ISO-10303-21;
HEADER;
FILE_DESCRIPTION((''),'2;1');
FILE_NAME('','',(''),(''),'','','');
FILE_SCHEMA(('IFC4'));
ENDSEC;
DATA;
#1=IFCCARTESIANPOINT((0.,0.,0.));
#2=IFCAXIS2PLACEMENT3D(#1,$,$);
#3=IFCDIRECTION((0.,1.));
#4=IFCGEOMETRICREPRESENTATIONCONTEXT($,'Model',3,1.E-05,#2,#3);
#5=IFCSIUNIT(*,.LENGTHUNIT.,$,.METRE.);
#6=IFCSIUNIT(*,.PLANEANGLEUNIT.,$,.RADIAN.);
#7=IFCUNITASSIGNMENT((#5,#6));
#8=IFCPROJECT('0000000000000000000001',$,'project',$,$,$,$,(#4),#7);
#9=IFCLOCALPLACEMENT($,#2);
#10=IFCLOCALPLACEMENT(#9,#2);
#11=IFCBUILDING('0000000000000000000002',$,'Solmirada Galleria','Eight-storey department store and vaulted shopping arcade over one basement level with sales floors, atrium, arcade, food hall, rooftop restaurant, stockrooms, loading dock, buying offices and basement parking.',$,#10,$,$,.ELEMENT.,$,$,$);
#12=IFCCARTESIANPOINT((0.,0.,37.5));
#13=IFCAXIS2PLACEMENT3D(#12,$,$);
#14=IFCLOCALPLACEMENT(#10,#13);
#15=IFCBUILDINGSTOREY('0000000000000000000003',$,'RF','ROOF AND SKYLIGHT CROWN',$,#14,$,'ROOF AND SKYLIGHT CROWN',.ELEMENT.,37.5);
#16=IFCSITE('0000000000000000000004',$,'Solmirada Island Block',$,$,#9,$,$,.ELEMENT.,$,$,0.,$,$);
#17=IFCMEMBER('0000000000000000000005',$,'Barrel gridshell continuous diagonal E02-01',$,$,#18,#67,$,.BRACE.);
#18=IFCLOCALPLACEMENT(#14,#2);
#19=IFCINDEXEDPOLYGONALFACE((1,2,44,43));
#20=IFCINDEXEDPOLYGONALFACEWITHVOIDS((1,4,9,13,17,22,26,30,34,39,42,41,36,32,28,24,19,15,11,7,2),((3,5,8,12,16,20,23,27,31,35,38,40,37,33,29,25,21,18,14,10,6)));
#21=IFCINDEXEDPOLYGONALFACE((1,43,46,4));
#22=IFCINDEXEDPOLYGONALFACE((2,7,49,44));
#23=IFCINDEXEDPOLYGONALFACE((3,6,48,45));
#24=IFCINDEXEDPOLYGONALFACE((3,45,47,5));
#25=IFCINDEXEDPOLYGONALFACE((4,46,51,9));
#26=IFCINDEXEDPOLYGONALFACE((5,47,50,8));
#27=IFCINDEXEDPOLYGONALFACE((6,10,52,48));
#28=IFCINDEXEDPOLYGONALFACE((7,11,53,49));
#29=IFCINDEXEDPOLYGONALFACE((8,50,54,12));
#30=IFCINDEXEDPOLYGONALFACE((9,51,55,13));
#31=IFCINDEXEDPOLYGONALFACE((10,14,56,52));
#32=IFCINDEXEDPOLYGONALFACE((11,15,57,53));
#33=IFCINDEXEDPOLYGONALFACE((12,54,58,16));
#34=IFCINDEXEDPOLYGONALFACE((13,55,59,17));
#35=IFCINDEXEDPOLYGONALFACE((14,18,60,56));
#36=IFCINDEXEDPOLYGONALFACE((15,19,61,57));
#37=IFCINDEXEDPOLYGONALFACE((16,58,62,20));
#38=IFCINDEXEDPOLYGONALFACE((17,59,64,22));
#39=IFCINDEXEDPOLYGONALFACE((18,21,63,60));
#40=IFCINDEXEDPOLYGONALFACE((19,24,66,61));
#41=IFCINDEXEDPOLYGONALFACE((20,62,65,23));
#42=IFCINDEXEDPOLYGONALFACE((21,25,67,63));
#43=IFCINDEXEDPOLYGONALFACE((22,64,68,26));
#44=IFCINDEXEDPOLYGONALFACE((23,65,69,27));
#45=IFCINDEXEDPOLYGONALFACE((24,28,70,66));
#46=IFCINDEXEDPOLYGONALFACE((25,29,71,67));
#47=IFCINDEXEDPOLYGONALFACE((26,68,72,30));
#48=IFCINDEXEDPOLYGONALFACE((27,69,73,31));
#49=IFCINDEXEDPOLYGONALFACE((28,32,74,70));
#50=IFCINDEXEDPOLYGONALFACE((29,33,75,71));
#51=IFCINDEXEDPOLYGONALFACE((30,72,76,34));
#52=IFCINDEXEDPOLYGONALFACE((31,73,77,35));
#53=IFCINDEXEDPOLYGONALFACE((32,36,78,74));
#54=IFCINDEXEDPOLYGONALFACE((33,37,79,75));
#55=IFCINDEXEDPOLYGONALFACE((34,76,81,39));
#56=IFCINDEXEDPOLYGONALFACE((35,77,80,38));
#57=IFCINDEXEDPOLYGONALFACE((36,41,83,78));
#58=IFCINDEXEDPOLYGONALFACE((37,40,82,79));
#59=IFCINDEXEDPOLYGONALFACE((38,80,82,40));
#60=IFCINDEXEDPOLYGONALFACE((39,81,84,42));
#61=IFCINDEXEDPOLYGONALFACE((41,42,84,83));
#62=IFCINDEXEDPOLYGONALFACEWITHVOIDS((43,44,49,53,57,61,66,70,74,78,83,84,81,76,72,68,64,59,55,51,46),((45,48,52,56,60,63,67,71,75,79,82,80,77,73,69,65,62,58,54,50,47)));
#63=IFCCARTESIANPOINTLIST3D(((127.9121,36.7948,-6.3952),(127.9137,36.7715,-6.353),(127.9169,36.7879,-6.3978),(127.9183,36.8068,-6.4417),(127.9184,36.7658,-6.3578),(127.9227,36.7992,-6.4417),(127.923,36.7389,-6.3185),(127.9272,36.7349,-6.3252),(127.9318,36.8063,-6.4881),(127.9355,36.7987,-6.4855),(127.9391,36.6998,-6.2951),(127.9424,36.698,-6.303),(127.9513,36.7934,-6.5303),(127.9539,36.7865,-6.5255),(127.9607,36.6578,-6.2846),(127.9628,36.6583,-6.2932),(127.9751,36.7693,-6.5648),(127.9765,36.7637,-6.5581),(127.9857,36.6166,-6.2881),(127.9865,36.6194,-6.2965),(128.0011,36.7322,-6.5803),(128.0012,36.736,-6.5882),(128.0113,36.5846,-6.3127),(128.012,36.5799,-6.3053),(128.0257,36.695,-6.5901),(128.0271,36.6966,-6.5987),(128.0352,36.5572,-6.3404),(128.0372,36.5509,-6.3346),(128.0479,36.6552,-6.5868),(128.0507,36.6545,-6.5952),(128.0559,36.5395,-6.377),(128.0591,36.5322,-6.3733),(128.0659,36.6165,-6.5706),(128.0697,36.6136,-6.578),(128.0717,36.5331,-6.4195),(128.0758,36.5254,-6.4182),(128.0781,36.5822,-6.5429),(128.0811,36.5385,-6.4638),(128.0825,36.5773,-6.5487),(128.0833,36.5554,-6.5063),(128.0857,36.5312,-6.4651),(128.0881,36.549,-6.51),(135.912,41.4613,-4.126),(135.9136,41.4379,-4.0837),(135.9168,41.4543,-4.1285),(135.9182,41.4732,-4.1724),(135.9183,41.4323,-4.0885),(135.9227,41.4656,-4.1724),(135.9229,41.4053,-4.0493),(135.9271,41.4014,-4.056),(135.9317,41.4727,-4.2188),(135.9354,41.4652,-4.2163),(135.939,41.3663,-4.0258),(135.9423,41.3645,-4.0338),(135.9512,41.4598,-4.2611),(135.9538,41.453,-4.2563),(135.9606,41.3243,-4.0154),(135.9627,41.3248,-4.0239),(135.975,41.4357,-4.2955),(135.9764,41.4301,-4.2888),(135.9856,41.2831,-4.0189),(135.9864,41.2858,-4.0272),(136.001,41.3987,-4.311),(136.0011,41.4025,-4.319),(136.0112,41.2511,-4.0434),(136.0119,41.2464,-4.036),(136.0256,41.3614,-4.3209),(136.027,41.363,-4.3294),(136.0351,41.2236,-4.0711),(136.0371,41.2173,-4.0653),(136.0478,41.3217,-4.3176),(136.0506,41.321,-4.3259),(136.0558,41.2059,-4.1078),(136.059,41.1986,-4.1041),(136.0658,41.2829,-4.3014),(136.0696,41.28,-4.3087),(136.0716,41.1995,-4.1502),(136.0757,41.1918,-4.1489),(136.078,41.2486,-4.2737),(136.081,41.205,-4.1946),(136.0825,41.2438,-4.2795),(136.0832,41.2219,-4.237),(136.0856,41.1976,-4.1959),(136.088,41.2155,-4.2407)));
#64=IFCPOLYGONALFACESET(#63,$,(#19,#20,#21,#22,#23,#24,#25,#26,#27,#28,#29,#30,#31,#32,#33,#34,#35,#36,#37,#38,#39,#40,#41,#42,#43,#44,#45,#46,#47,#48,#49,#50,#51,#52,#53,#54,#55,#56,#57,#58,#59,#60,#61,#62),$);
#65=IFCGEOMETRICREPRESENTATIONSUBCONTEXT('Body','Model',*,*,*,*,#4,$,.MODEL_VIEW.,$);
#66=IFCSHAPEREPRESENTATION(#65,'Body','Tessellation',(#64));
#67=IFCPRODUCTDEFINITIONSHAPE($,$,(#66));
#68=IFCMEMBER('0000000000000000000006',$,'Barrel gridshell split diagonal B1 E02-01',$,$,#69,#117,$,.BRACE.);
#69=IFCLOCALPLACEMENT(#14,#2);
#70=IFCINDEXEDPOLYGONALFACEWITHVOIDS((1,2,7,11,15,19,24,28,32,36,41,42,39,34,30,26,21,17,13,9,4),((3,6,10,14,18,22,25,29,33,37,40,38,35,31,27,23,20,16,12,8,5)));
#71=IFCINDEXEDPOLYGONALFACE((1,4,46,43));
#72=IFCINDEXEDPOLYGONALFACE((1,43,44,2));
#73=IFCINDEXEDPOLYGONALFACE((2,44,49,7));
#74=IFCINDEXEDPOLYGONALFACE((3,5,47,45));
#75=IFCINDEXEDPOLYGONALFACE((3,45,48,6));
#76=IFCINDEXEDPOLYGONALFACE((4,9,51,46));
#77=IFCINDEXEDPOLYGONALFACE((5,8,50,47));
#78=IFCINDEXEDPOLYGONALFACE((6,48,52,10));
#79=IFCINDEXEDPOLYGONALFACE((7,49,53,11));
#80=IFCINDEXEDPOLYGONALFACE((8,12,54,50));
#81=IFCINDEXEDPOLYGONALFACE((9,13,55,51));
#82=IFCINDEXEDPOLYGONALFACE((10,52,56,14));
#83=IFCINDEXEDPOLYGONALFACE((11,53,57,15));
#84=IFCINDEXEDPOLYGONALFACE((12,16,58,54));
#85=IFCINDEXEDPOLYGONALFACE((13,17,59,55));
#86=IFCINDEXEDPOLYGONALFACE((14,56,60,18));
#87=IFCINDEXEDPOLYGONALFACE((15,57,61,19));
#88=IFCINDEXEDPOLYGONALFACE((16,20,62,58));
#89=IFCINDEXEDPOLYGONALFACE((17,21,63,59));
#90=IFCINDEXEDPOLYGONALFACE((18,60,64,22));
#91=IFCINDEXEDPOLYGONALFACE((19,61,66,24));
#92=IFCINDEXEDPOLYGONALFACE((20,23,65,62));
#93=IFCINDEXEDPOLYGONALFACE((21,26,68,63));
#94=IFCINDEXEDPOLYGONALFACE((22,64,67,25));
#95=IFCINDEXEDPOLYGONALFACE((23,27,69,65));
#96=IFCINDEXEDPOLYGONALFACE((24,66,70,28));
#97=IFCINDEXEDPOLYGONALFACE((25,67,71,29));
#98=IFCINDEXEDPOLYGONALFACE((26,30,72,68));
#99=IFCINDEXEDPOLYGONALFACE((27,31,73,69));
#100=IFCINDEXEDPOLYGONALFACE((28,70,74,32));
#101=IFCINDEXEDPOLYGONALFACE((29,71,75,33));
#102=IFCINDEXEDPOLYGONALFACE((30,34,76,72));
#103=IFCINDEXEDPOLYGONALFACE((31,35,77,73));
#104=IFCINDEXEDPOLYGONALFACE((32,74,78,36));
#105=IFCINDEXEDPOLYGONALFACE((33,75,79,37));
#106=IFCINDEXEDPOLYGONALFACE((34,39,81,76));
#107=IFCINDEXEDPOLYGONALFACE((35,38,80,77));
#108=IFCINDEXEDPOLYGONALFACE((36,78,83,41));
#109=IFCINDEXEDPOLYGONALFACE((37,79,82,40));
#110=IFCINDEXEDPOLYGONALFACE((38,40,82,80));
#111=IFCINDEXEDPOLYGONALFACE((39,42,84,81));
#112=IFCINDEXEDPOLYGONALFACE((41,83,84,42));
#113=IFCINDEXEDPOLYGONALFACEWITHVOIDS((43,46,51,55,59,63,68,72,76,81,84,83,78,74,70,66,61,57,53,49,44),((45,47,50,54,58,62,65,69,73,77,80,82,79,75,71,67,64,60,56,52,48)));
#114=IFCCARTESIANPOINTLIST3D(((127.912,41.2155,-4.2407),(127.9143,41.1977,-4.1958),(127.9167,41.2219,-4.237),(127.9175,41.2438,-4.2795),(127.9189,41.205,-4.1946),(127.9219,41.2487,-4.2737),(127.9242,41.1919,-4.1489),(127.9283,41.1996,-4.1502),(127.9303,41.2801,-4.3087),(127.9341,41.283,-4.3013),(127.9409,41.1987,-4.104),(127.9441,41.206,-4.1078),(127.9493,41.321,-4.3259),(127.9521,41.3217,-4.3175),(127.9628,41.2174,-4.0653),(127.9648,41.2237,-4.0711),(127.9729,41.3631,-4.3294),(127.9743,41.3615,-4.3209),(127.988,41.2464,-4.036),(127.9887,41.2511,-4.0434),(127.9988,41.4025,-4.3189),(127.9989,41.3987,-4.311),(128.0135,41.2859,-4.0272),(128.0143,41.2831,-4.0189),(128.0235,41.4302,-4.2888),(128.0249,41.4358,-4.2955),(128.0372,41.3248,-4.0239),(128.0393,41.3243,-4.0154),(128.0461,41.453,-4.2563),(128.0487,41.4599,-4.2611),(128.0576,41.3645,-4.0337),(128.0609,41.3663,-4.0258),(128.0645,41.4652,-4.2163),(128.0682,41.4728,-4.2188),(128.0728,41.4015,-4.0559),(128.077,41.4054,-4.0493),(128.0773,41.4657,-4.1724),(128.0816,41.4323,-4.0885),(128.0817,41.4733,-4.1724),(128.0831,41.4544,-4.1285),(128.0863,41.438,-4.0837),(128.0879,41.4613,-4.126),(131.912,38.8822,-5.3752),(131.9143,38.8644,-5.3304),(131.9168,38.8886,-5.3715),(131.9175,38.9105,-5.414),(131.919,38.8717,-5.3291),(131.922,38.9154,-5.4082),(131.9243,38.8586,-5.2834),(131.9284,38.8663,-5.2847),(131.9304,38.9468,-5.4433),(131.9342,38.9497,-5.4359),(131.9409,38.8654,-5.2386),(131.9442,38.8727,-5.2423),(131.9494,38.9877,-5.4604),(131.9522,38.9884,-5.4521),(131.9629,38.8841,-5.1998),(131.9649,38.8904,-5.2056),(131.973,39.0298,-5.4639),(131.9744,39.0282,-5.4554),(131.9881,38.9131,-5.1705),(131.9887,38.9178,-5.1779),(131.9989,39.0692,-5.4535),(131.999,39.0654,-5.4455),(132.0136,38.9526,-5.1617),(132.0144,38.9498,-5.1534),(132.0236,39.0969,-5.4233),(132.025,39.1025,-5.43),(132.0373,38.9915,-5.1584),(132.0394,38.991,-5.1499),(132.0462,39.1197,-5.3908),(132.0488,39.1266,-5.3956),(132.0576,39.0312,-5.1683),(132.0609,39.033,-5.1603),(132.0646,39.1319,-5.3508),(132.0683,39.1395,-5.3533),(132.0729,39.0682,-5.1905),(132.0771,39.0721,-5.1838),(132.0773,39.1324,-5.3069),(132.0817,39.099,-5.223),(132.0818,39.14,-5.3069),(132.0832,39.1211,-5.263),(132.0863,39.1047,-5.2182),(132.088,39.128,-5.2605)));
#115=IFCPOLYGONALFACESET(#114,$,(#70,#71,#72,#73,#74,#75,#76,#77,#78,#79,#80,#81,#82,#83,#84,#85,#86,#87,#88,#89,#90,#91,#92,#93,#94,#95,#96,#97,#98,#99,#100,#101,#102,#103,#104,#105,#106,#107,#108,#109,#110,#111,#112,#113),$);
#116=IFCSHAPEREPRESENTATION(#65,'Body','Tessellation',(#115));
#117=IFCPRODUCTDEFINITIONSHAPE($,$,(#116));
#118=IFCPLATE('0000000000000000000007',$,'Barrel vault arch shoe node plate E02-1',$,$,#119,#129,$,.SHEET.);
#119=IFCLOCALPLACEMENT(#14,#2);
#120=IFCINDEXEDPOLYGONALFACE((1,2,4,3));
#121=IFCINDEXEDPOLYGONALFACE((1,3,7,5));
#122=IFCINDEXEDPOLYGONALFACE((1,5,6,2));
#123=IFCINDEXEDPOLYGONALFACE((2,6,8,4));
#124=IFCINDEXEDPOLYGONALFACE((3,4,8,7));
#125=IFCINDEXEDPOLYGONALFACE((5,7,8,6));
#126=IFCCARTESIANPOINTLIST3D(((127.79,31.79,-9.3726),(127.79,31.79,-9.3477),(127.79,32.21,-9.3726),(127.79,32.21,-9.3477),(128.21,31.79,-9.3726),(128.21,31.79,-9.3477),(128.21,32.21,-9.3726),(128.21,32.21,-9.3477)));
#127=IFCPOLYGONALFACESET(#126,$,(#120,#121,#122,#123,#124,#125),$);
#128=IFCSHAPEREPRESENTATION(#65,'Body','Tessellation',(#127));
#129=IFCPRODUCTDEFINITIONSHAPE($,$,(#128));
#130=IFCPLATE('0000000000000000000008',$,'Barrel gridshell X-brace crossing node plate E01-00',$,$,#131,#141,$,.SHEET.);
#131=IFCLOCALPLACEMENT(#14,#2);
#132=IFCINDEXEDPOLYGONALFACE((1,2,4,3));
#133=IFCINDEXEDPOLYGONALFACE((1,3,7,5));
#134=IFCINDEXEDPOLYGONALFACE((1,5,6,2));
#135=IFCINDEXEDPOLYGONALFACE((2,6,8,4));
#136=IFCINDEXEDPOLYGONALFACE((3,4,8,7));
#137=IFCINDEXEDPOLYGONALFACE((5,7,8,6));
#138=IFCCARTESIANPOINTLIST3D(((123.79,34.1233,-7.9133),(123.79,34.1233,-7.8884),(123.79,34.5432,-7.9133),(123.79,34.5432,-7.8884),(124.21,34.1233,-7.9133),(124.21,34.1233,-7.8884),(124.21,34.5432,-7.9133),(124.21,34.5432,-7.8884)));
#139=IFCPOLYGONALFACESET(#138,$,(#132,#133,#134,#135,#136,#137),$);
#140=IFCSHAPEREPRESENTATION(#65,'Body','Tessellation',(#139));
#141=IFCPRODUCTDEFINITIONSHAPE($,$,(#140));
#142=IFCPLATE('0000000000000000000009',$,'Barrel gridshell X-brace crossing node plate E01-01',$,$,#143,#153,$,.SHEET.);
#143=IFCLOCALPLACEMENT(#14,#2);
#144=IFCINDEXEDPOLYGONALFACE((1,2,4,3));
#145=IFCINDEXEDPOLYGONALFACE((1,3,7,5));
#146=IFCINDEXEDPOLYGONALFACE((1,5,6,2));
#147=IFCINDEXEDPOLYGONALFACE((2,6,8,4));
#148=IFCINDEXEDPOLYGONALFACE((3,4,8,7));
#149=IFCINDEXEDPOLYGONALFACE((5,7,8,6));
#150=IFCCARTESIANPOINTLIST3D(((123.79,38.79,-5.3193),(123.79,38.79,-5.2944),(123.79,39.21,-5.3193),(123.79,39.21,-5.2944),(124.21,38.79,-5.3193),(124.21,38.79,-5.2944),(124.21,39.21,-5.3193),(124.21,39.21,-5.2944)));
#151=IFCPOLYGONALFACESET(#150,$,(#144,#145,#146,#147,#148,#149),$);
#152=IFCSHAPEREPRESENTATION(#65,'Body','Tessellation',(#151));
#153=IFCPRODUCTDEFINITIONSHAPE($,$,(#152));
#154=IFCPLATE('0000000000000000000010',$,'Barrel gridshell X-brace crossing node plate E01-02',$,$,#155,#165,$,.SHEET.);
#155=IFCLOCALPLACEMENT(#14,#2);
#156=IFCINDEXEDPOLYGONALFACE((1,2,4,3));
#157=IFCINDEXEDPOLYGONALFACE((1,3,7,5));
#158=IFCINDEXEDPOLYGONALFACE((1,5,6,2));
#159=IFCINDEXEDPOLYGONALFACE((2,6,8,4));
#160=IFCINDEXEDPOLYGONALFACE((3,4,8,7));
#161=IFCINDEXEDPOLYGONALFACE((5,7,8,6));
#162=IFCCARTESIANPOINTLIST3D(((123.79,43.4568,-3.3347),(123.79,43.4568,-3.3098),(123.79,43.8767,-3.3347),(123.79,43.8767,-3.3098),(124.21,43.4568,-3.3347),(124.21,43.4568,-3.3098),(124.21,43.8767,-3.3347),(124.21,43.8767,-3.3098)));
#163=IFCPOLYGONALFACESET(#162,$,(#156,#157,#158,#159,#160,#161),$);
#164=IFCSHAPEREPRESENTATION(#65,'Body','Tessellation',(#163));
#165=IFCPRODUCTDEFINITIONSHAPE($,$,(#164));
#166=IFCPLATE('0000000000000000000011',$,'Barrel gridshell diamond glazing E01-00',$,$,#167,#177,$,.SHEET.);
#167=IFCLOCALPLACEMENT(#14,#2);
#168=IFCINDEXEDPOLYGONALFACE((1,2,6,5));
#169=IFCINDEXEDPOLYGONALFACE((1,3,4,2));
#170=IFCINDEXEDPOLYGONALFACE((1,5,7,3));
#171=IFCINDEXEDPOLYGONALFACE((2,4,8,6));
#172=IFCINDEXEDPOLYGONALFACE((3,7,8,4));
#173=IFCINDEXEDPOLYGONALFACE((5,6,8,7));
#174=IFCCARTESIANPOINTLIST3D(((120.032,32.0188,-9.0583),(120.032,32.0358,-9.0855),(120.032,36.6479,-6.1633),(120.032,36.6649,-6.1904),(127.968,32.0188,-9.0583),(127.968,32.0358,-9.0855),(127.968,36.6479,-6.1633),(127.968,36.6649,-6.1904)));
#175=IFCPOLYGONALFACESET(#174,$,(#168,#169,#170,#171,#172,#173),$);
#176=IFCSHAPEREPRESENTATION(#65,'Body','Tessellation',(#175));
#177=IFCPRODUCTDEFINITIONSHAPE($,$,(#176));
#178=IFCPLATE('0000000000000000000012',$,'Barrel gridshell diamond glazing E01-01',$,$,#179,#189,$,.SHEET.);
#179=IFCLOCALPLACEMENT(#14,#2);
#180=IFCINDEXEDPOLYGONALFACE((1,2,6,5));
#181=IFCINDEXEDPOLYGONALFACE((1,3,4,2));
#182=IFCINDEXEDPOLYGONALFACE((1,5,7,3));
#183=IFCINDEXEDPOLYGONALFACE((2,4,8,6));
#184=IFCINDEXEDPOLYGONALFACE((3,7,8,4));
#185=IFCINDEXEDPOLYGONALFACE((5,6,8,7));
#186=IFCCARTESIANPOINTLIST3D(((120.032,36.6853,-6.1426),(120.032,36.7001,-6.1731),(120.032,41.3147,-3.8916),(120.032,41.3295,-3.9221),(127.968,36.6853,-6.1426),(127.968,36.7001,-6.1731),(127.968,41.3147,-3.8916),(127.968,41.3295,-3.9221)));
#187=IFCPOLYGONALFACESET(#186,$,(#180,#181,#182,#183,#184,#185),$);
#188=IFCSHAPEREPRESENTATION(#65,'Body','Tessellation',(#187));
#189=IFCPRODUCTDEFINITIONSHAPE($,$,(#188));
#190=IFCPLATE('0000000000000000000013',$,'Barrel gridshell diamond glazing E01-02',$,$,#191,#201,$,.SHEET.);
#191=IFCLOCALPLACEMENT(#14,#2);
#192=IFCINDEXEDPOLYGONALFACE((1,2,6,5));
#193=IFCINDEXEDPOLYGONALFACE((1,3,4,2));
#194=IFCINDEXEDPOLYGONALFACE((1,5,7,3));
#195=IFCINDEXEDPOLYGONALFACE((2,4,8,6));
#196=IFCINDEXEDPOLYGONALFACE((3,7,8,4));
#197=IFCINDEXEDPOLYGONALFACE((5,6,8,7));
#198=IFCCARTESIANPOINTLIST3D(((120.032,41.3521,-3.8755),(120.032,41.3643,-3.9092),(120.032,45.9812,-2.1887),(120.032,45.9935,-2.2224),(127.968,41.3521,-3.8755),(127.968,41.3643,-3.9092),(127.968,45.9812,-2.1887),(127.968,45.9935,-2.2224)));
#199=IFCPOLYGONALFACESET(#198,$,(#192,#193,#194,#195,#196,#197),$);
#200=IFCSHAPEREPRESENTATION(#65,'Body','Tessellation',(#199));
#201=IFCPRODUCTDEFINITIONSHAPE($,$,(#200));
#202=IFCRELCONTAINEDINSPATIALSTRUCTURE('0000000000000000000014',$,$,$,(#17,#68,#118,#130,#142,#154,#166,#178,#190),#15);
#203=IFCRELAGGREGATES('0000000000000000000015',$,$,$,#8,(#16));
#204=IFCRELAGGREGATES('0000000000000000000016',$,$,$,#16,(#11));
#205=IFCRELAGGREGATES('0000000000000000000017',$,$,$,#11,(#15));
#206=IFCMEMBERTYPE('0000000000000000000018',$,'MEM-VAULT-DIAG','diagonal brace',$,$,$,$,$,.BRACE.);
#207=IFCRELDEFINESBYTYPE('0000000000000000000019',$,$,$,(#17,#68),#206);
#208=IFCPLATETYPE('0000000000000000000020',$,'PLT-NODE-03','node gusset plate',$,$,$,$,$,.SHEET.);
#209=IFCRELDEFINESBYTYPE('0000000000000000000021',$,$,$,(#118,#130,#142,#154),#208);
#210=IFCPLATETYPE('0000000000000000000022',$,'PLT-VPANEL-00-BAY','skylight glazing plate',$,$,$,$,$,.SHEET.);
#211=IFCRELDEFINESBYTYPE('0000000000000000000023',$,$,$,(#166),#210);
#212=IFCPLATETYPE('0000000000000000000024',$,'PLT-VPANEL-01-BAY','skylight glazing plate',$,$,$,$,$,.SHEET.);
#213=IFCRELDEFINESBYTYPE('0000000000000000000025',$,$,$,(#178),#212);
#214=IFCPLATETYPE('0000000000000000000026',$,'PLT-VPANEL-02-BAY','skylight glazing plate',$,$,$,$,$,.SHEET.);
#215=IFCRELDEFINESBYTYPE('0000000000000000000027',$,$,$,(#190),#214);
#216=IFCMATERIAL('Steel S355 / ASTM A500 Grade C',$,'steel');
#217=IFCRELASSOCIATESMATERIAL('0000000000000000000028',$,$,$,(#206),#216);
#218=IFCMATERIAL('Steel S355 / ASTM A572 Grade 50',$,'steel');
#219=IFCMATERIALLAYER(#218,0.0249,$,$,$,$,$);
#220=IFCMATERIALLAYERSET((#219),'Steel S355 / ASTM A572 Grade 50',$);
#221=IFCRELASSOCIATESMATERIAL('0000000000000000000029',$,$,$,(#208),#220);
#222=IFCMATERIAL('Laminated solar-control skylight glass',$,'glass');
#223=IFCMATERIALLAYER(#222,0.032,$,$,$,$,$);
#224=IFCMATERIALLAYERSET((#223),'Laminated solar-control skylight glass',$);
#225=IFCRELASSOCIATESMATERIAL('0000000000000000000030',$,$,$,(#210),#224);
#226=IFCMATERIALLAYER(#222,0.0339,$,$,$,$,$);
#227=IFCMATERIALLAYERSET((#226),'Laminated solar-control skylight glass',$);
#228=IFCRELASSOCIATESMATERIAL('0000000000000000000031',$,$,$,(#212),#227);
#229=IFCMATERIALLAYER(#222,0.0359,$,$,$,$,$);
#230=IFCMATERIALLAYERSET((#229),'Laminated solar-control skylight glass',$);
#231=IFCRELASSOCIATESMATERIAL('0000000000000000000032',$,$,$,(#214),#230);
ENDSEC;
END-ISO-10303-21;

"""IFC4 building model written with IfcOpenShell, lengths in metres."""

from ifc_helpers import new_model, si_unit, direction, frame, origin, origin_2d, place, context, subcontext, project, spatial, polyline, rectangle, hollow_circle, outline, extrude, material, layer, layer_set, material_profile, profile_set, type_object, element, save


model = new_model("IFC4")

# Units and contexts
model_context = context("Model", 3, precision=1e-05, world=origin(), true_north=direction((0.0, 1.0)))
body_context = subcontext(model_context, "Body", "Model", "MODEL_VIEW")
ifc_project = project(units=[si_unit("LENGTHUNIT", "METRE"), si_unit("PLANEANGLEUNIT", "RADIAN")], contexts=[model_context])

# Site, building, storey
site_placement = place(None, origin())
site = spatial("IfcSite", under=ifc_project, at=site_placement, Name="Solmirada Island Block", CompositionType="ELEMENT", RefElevation=0.0)
building_placement = place(site_placement, origin())
building = spatial("IfcBuilding", under=site, at=building_placement, Name="Solmirada Galleria", Description="Eight-storey department store and vaulted shopping arcade over one basement level with sales floors, atrium, arcade, food hall, rooftop restaurant, stockrooms, loading dock, buying offices and basement parking.", CompositionType="ELEMENT")
storey_placement = place(building_placement, frame((0.0, 0.0, 37.5)))
storey = spatial("IfcBuildingStorey", under=building, at=storey_placement, Name="RF", Description="ROOF AND SKYLIGHT CROWN", LongName="ROOF AND SKYLIGHT CROWN", CompositionType="ELEMENT", Elevation=37.5)

# Members
ifc_material_1 = material(Name="Steel S355 / ASTM A500 Grade C", Category="steel")
ifc_material_profile_1 = material_profile(ifc_material_1, hollow_circle(Radius=0.1621, WallThickness=0.0088, at=origin_2d()), Name="HSS12.750X0.375")
ifc_profile_set_1 = profile_set([ifc_material_profile_1], Name="Steel S355 / ASTM A500 Grade C")
member_type_1 = type_object("IfcMemberType", Name="MEM-VAULT-DIAG", Description="diagonal brace", PredefinedType="BRACE", material=ifc_profile_set_1)
member_1_placement = place(storey_placement, frame((128.0, 36.6667, -6.4417), z_axis=(0.838969, 0.489382, 0.237983), x_axis=(-0.503858, 0.863787, 0.0)))
element("IfcMember", 1, at=member_1_placement, inside=storey, type_object=member_type_1, Name="Barrel gridshell continuous diagonal E02-01", PredefinedType="BRACE", context=body_context, shape_type="SweptSolid", body=[
    extrude(hollow_circle(Radius=0.1621, WallThickness=0.0088, at=origin_2d()), origin(), (0.0, 0.0, 1.0), 9.5354),
])
member_2_placement = place(storey_placement, frame((128.0, 41.3333, -4.1724), z_axis=(0.838975, -0.489385, -0.237959), x_axis=(0.503858, 0.863787, 0.0)))
element("IfcMember", 2, at=member_2_placement, inside=storey, type_object=member_type_1, Name="Barrel gridshell split diagonal B1 E02-01", PredefinedType="BRACE", context=body_context, shape_type="SweptSolid", body=[
    extrude(hollow_circle(Radius=0.1621, WallThickness=0.0088, at=origin_2d()), origin(), (0.0, 0.0, 1.0), 4.7678),
])

# Plates
ifc_material_2 = material(Name="Steel S355 / ASTM A572 Grade 50", Category="steel")
ifc_layer_1 = layer(ifc_material_2, 0.0249)
ifc_layer_set_1 = layer_set([ifc_layer_1], Name="Steel S355 / ASTM A572 Grade 50")
plate_type_1 = type_object("IfcPlateType", Name="PLT-NODE-03", Description="node gusset plate", PredefinedType="SHEET", material=ifc_layer_set_1)
for number, where, z_axis, x_axis, name in (
    (3, (128.0, 32.0, -9.3726), (0.0, 0.0, 1.0), (1.0, 0.0, 0.0), "Barrel vault arch shoe node plate E02-1"),
    (4, (124.0, 34.3333, -7.9133), (0.0, 0.0, 1.0), (1.0, 0.0, 0.0), "Barrel gridshell X-brace crossing node plate E01-00"),
    (5, (124.0, 39.0, -5.3193), (0.0, 0.0, 1.0), (1.0, 0.0, 0.0), "Barrel gridshell X-brace crossing node plate E01-01"),
    (6, (124.0, 43.6667, -3.3347), (0.0, 0.0, 1.0), (1.0, 0.0, 0.0), "Barrel gridshell X-brace crossing node plate E01-02"),
):
    element("IfcPlate", number, at=place(storey_placement, frame(where, z_axis=z_axis, x_axis=x_axis)), inside=storey, type_object=plate_type_1, Name=name, PredefinedType="SHEET", context=body_context, shape_type="SweptSolid", body=[
        extrude(rectangle(XDim=0.4199, YDim=0.4199, at=origin_2d()), origin(), (0.0, 0.0, 1.0), 0.0249),
    ])
ifc_material_3 = material(Name="Laminated solar-control skylight glass", Category="glass")
ifc_layer_2 = layer(ifc_material_3, 0.032)
ifc_layer_set_2 = layer_set([ifc_layer_2], Name="Laminated solar-control skylight glass")
plate_type_2 = type_object("IfcPlateType", Name="PLT-VPANEL-00-BAY", Description="skylight glazing plate", PredefinedType="SHEET", material=ifc_layer_set_2)
plate_1_placement = place(storey_placement, frame((120.032, 32.0188, -9.0583), z_axis=(0.0, -0.530236, 0.84785), x_axis=(1.0, 0.0, 0.0)))
element("IfcPlate", 7, at=plate_1_placement, inside=storey, type_object=plate_type_2, Name="Barrel gridshell diamond glazing E01-00", PredefinedType="SHEET", context=body_context, shape_type="SweptSolid", body=[
    extrude(outline(polyline([(0.0, 0.0), (7.936, 0.0), (7.936, 5.4599), (0.0, 5.4599), (0.0, 0.0)])), origin(), (0.0, 0.0, -1.0), 0.032),
])
ifc_layer_3 = layer(ifc_material_3, 0.0339)
ifc_layer_set_3 = layer_set([ifc_layer_3], Name="Laminated solar-control skylight glass")
plate_type_3 = type_object("IfcPlateType", Name="PLT-VPANEL-01-BAY", Description="skylight glazing plate", PredefinedType="SHEET", material=ifc_layer_set_3)
plate_2_placement = place(storey_placement, frame((120.032, 36.6853, -6.1426), z_axis=(0.0, -0.437283, 0.899324), x_axis=(1.0, 0.0, 0.0)))
element("IfcPlate", 8, at=plate_2_placement, inside=storey, type_object=plate_type_3, Name="Barrel gridshell diamond glazing E01-01", PredefinedType="SHEET", context=body_context, shape_type="SweptSolid", body=[
    extrude(outline(polyline([(0.0, 0.0), (7.936, 0.0), (7.936, 5.1476), (0.0, 5.1476), (0.0, 0.0)])), origin(), (0.0, 0.0, -1.0), 0.0339),
])
ifc_layer_4 = layer(ifc_material_3, 0.0359)
ifc_layer_set_4 = layer_set([ifc_layer_4], Name="Laminated solar-control skylight glass")
plate_type_4 = type_object("IfcPlateType", Name="PLT-VPANEL-02-BAY", Description="skylight glazing plate", PredefinedType="SHEET", material=ifc_layer_set_4)
plate_3_placement = place(storey_placement, frame((120.032, 41.3521, -3.8755), z_axis=(0.0, -0.34236, 0.939569), x_axis=(1.0, 0.0, 0.0)))
element("IfcPlate", 9, at=plate_3_placement, inside=storey, type_object=plate_type_4, Name="Barrel gridshell diamond glazing E01-02", PredefinedType="SHEET", context=body_context, shape_type="SweptSolid", body=[
    extrude(outline(polyline([(0.0, 0.0), (7.936, 0.0), (7.936, 4.9269), (0.0, 4.9269), (0.0, 0.0)])), origin(), (0.0, 0.0, -1.0), 0.0359),
])

save(model, "model.ifc")
